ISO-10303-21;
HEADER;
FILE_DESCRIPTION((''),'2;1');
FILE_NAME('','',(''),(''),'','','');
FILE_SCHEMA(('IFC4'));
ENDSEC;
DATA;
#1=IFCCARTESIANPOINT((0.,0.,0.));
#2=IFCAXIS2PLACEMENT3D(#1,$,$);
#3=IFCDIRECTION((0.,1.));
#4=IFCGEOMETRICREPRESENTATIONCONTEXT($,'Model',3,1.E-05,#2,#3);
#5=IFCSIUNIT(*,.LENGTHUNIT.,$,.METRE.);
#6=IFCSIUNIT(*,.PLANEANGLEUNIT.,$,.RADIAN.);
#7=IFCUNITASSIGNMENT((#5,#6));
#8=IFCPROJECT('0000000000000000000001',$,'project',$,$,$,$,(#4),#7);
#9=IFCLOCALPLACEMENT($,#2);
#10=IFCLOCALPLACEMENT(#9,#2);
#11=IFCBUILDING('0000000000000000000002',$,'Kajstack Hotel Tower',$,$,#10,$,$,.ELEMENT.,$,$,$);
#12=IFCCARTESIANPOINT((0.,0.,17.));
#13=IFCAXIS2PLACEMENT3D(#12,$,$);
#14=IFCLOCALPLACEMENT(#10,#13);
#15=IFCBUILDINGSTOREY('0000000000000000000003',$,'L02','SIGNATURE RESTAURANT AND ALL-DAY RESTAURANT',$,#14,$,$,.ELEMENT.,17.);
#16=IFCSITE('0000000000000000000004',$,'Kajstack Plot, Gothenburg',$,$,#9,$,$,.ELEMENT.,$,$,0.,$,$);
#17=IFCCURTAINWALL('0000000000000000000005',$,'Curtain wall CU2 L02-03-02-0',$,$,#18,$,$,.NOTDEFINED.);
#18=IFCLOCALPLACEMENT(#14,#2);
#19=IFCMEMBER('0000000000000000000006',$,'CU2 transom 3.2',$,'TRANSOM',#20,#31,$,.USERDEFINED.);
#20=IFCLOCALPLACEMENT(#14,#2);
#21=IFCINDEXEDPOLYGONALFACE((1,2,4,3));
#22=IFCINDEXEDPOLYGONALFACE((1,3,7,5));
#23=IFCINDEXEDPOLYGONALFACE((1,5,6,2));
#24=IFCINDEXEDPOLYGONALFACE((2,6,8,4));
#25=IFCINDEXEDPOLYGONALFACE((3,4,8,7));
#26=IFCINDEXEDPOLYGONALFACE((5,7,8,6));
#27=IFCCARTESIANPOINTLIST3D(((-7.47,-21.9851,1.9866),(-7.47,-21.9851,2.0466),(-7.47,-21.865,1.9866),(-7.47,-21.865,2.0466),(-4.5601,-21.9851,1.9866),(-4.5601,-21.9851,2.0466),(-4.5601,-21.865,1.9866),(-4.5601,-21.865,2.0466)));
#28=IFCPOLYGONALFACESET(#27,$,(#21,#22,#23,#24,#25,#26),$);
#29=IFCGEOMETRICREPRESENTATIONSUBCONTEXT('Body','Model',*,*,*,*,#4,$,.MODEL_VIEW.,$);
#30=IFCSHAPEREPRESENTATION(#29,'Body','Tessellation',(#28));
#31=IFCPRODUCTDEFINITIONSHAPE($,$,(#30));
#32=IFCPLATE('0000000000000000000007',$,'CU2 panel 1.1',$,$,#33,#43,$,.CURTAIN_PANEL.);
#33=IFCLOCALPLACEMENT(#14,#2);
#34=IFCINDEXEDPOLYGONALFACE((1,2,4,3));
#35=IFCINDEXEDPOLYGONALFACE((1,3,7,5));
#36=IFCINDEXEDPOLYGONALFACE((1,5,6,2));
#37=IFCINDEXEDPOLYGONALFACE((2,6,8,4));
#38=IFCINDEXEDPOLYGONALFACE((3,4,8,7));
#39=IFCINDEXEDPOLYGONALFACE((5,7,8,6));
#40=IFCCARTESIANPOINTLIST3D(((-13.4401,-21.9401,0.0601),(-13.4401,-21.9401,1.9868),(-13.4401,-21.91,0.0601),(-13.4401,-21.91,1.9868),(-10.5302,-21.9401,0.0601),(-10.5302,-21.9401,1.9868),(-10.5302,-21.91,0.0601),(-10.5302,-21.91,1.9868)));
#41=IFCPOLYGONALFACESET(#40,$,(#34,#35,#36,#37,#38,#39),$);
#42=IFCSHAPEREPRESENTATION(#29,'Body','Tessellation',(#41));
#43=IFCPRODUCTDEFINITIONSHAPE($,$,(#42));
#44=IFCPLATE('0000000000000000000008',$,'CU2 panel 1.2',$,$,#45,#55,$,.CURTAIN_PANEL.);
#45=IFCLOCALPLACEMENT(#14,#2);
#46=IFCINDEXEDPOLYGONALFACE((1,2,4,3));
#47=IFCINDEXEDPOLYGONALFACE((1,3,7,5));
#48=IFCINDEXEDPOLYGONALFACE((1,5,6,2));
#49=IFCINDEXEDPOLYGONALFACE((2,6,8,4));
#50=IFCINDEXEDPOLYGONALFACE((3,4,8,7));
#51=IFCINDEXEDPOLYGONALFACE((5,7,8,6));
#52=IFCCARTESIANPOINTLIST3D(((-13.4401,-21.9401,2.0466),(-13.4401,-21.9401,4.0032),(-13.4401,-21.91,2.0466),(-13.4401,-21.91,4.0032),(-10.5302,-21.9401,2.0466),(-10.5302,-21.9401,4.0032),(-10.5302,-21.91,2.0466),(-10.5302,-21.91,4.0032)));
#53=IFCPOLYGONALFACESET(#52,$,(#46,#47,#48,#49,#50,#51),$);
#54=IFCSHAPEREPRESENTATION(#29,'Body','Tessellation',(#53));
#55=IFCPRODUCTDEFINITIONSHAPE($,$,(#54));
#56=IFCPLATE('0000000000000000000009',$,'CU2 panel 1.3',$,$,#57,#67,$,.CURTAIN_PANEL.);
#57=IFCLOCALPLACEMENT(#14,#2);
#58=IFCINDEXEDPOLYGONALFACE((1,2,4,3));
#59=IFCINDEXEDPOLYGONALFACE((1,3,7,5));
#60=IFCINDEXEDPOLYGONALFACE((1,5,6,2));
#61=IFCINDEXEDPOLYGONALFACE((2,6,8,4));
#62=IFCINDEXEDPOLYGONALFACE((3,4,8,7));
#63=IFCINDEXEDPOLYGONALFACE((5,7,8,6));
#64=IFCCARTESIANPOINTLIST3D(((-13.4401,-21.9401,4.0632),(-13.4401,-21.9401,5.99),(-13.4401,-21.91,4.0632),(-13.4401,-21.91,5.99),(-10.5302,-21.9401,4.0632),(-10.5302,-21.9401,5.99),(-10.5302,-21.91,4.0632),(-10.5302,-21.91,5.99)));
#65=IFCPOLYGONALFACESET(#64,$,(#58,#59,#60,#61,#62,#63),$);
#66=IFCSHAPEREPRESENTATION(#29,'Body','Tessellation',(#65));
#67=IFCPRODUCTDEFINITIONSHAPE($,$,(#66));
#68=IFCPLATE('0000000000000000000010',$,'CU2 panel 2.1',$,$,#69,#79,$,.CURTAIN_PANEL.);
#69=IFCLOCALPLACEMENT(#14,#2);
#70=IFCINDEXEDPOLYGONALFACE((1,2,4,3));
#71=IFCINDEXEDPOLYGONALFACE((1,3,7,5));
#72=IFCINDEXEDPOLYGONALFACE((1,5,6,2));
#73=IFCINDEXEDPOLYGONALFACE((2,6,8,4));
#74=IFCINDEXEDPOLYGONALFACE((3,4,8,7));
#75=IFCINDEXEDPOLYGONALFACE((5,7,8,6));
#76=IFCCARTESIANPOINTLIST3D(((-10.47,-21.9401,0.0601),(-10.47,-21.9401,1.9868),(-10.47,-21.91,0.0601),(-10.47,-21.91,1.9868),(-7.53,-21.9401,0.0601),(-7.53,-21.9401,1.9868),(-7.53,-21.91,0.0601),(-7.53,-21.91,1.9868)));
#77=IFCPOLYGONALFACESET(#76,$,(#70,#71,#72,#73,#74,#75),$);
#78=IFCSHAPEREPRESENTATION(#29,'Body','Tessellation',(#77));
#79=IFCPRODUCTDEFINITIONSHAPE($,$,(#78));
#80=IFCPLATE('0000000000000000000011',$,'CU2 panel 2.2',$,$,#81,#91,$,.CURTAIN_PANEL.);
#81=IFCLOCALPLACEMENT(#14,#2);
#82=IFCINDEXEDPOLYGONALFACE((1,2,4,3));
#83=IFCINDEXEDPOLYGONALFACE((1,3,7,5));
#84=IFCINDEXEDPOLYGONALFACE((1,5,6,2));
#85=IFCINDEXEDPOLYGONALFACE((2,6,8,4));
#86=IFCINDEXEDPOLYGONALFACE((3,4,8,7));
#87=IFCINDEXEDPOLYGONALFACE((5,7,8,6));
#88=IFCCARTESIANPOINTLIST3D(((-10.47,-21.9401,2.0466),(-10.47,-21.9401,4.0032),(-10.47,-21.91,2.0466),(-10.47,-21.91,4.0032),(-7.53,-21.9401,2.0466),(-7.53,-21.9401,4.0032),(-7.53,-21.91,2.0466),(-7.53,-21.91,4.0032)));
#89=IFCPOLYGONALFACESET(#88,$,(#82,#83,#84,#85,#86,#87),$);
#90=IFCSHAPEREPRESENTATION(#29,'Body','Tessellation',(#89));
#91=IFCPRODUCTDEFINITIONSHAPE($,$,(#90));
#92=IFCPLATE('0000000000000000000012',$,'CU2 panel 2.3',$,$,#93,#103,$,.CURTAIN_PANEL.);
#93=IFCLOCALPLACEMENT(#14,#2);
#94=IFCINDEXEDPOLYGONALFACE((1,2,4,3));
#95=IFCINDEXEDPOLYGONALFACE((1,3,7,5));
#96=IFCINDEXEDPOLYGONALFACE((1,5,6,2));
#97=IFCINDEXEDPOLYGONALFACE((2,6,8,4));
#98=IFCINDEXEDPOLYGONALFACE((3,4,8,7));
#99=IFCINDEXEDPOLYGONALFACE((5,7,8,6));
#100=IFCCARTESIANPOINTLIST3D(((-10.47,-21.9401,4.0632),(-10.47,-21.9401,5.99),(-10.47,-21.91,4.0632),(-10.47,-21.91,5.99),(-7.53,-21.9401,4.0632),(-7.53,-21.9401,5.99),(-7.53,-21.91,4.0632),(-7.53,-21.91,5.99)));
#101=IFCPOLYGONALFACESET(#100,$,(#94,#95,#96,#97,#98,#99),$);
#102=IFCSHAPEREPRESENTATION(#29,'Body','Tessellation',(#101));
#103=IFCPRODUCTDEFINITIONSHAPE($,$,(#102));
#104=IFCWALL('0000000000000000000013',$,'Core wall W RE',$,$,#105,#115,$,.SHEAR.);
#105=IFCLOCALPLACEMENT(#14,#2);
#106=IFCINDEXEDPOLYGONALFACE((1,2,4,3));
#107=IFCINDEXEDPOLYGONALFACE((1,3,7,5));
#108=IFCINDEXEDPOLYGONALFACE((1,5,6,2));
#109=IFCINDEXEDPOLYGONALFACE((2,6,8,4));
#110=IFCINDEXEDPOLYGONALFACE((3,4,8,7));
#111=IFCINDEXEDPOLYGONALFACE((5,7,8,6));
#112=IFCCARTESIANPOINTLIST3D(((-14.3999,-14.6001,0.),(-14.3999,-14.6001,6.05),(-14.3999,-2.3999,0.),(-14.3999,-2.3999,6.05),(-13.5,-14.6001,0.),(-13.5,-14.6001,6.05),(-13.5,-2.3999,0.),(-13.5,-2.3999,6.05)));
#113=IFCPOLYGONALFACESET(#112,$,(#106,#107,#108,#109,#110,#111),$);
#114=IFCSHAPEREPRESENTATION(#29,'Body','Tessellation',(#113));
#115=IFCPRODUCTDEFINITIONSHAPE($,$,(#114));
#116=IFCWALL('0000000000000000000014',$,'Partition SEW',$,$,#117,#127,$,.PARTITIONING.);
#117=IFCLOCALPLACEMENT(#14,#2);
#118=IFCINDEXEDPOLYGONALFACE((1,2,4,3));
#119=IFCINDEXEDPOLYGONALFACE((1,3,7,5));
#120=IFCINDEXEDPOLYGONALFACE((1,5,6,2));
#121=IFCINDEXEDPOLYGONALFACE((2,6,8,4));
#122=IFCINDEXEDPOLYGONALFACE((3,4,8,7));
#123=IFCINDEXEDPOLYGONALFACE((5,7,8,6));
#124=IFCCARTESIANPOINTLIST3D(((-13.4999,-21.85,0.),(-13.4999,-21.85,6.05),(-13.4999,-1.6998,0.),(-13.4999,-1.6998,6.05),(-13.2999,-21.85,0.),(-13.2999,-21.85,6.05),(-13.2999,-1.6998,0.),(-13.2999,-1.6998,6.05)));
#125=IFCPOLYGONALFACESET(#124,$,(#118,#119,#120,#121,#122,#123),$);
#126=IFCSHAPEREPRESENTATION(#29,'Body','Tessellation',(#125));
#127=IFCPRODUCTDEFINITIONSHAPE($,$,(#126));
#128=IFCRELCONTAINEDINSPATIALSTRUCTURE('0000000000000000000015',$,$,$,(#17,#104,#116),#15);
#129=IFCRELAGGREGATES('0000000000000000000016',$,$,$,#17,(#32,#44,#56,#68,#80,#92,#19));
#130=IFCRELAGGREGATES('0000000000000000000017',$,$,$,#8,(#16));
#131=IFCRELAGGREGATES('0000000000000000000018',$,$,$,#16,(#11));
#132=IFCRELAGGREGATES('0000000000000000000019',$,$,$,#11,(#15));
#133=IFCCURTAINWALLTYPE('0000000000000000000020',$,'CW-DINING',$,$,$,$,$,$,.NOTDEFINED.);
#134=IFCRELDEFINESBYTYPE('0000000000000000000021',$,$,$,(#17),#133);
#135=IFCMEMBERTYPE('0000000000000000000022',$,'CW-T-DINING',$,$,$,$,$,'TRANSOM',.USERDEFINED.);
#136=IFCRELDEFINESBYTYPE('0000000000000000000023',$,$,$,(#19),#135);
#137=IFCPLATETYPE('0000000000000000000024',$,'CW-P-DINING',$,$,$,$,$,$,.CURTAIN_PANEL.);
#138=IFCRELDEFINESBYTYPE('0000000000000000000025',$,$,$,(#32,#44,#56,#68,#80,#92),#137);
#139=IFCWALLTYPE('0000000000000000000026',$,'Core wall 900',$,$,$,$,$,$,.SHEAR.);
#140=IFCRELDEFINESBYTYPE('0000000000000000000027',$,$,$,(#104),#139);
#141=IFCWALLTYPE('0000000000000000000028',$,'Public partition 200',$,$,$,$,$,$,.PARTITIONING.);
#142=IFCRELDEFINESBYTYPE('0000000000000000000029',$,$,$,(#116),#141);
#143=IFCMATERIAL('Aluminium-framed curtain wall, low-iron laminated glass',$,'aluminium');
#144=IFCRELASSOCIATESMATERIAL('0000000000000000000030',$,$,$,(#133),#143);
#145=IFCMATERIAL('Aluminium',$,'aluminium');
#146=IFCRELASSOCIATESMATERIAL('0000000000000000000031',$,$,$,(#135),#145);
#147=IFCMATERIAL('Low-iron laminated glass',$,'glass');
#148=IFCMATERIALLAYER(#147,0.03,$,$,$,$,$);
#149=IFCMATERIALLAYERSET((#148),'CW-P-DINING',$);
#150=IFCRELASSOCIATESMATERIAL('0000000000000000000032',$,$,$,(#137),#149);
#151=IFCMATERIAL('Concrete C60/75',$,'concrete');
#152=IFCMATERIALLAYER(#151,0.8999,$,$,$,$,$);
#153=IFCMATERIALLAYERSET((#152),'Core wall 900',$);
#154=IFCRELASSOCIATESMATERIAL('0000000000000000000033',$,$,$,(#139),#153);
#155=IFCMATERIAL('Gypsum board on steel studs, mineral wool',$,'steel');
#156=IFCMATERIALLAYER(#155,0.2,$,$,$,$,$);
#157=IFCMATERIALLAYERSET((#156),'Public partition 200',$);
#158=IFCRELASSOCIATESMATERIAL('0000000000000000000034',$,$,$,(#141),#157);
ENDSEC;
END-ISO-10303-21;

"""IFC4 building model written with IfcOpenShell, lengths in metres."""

from ifc_helpers import new_model, si_unit, direction, frame, frame_2d, origin, origin_2d, place, context, subcontext, project, spatial, rectangle, extrude, material, layer, layer_set, material_profile, profile_set, type_object, element, aggregate, save


model = new_model("IFC4")

# Units and contexts
model_context = context("Model", 3, precision=1e-05, world=origin(), true_north=direction((0.0, 1.0)))
body_context = subcontext(model_context, "Body", "Model", "MODEL_VIEW")
ifc_project = project(units=[si_unit("LENGTHUNIT", "METRE"), si_unit("PLANEANGLEUNIT", "RADIAN")], contexts=[model_context])

# Site, building, storey
site_placement = place(None, origin())
site = spatial("IfcSite", under=ifc_project, at=site_placement, Name="Kajstack Plot, Gothenburg", CompositionType="ELEMENT", RefElevation=0.0)
building_placement = place(site_placement, origin())
building = spatial("IfcBuilding", under=site, at=building_placement, Name="Kajstack Hotel Tower", CompositionType="ELEMENT")
storey_placement = place(building_placement, frame((0.0, 0.0, 17.0)))
storey = spatial("IfcBuildingStorey", under=building, at=storey_placement, Name="L02", Description="SIGNATURE RESTAURANT AND ALL-DAY RESTAURANT", CompositionType="ELEMENT", Elevation=17.0)

# Curtain wall, member, plates
ifc_material_1 = material(Name="Aluminium-framed curtain wall, low-iron laminated glass", Category="aluminium")
curtain_wall_type = type_object("IfcCurtainWallType", Name="CW-DINING", PredefinedType="NOTDEFINED", material=ifc_material_1)
curtain_wall_placement = place(storey_placement, origin())
curtain_wall = element("IfcCurtainWall", 1, at=curtain_wall_placement, inside=storey, type_object=curtain_wall_type, Name="Curtain wall CU2 L02-03-02-0", PredefinedType="NOTDEFINED")
ifc_material_2 = material(Name="Aluminium", Category="aluminium")
ifc_material_profile_1 = material_profile(ifc_material_2, rectangle(XDim=0.1201, YDim=0.0601, at=origin_2d()), Name="Aluminium transom 120 x 60")
ifc_profile_set_1 = profile_set([ifc_material_profile_1], Name="Aluminium")
member_type_1 = type_object("IfcMemberType", Name="CW-T-DINING", ElementType="TRANSOM", PredefinedType="USERDEFINED", material=ifc_profile_set_1)
member_1_placement = place(storey_placement, frame((-7.47, -21.925, 2.0166), z_axis=(1.0, 0.0, 0.0), x_axis=(0.0, 1.0, 0.0)))
member_1 = element("IfcMember", 2, at=member_1_placement, type_object=member_type_1, Name="CU2 transom 3.2", ObjectType="TRANSOM", PredefinedType="USERDEFINED", context=body_context, shape_type="SweptSolid", body=[
    extrude(rectangle(XDim=0.1201, YDim=0.0601, at=origin_2d()), origin(), (0.0, 0.0, 1.0), 2.9099),
])
ifc_material_3 = material(Name="Low-iron laminated glass", Category="glass")
ifc_layer_1 = layer(ifc_material_3, 0.03)
ifc_layer_set_1 = layer_set([ifc_layer_1], Name="CW-P-DINING")
plate_type = type_object("IfcPlateType", Name="CW-P-DINING", PredefinedType="CURTAIN_PANEL", material=ifc_layer_set_1)
plate_1_placement = place(storey_placement, frame((-11.9851, -21.925, 0.0601), z_axis=(0.0, 0.0, 1.0), x_axis=(1.0, 0.0, 0.0)))
plate_1 = element("IfcPlate", 3, at=plate_1_placement, type_object=plate_type, Name="CU2 panel 1.1", PredefinedType="CURTAIN_PANEL", context=body_context, shape_type="SweptSolid", body=[
    extrude(rectangle(XDim=2.9099, YDim=0.03, at=origin_2d()), origin(), (0.0, 0.0, 1.0), 1.9268),
])
plate_2_placement = place(storey_placement, frame((-11.9851, -21.925, 2.0466), z_axis=(0.0, 0.0, 1.0), x_axis=(1.0, 0.0, 0.0)))
plate_2 = element("IfcPlate", 4, at=plate_2_placement, type_object=plate_type, Name="CU2 panel 1.2", PredefinedType="CURTAIN_PANEL", context=body_context, shape_type="SweptSolid", body=[
    extrude(rectangle(XDim=2.9099, YDim=0.03, at=origin_2d()), origin(), (0.0, 0.0, 1.0), 1.9565),
])
plate_3_placement = place(storey_placement, frame((-11.9851, -21.925, 4.0632), z_axis=(0.0, 0.0, 1.0), x_axis=(1.0, 0.0, 0.0)))
plate_3 = element("IfcPlate", 5, at=plate_3_placement, type_object=plate_type, Name="CU2 panel 1.3", PredefinedType="CURTAIN_PANEL", context=body_context, shape_type="SweptSolid", body=[
    extrude(rectangle(XDim=2.9099, YDim=0.03, at=origin_2d()), origin(), (0.0, 0.0, 1.0), 1.9268),
])
plate_4_placement = place(storey_placement, frame((-9.0, -21.925, 0.0601), z_axis=(0.0, 0.0, 1.0), x_axis=(1.0, 0.0, 0.0)))
plate_4 = element("IfcPlate", 6, at=plate_4_placement, type_object=plate_type, Name="CU2 panel 2.1", PredefinedType="CURTAIN_PANEL", context=body_context, shape_type="SweptSolid", body=[
    extrude(rectangle(XDim=2.9399, YDim=0.03, at=origin_2d()), origin(), (0.0, 0.0, 1.0), 1.9268),
])
plate_5_placement = place(storey_placement, frame((-9.0, -21.925, 2.0466), z_axis=(0.0, 0.0, 1.0), x_axis=(1.0, 0.0, 0.0)))
plate_5 = element("IfcPlate", 7, at=plate_5_placement, type_object=plate_type, Name="CU2 panel 2.2", PredefinedType="CURTAIN_PANEL", context=body_context, shape_type="SweptSolid", body=[
    extrude(rectangle(XDim=2.9399, YDim=0.03, at=origin_2d()), origin(), (0.0, 0.0, 1.0), 1.9565),
])
plate_6_placement = place(storey_placement, frame((-9.0, -21.925, 4.0632), z_axis=(0.0, 0.0, 1.0), x_axis=(1.0, 0.0, 0.0)))
plate_6 = element("IfcPlate", 8, at=plate_6_placement, type_object=plate_type, Name="CU2 panel 2.3", PredefinedType="CURTAIN_PANEL", context=body_context, shape_type="SweptSolid", body=[
    extrude(rectangle(XDim=2.9399, YDim=0.03, at=origin_2d()), origin(), (0.0, 0.0, 1.0), 1.9268),
])
aggregate(curtain_wall, [plate_1, plate_2, plate_3, plate_4, plate_5, plate_6, member_1])

# Walls
ifc_material_4 = material(Name="Concrete C60/75", Category="concrete")
ifc_layer_2 = layer(ifc_material_4, 0.8999)
ifc_layer_set_2 = layer_set([ifc_layer_2], Name="Core wall 900")
wall_type_1 = type_object("IfcWallType", Name="Core wall 900", PredefinedType="SHEAR", material=ifc_layer_set_2)
wall_1_placement = place(storey_placement, frame((-13.95, -14.6001, 0.0), z_axis=(0.0, 0.0, 1.0), x_axis=(0.0, 1.0, 0.0)))
element("IfcWall", 9, at=wall_1_placement, inside=storey, type_object=wall_type_1, Name="Core wall W RE", PredefinedType="SHEAR", context=body_context, shape_type="SweptSolid", body=[
    extrude(rectangle(XDim=12.2002, YDim=0.8999, at=frame_2d((6.1001, 0.0))), origin(), (0.0, 0.0, 1.0), 6.05),
])
ifc_material_5 = material(Name="Gypsum board on steel studs, mineral wool", Category="steel")
ifc_layer_3 = layer(ifc_material_5, 0.2)
ifc_layer_set_3 = layer_set([ifc_layer_3], Name="Public partition 200")
wall_type_2 = type_object("IfcWallType", Name="Public partition 200", PredefinedType="PARTITIONING", material=ifc_layer_set_3)
wall_2_placement = place(storey_placement, frame((-13.3999, -21.8501, 0.0), z_axis=(0.0, 0.0, 1.0), x_axis=(0.0, 1.0, 0.0)))
element("IfcWall", 10, at=wall_2_placement, inside=storey, type_object=wall_type_2, Name="Partition SEW", PredefinedType="PARTITIONING", context=body_context, shape_type="SweptSolid", body=[
    extrude(rectangle(XDim=20.1501, YDim=0.2, at=frame_2d((10.0752, 0.0))), origin(), (0.0, 0.0, 1.0), 6.05),
])

save(model, "model.ifc")
